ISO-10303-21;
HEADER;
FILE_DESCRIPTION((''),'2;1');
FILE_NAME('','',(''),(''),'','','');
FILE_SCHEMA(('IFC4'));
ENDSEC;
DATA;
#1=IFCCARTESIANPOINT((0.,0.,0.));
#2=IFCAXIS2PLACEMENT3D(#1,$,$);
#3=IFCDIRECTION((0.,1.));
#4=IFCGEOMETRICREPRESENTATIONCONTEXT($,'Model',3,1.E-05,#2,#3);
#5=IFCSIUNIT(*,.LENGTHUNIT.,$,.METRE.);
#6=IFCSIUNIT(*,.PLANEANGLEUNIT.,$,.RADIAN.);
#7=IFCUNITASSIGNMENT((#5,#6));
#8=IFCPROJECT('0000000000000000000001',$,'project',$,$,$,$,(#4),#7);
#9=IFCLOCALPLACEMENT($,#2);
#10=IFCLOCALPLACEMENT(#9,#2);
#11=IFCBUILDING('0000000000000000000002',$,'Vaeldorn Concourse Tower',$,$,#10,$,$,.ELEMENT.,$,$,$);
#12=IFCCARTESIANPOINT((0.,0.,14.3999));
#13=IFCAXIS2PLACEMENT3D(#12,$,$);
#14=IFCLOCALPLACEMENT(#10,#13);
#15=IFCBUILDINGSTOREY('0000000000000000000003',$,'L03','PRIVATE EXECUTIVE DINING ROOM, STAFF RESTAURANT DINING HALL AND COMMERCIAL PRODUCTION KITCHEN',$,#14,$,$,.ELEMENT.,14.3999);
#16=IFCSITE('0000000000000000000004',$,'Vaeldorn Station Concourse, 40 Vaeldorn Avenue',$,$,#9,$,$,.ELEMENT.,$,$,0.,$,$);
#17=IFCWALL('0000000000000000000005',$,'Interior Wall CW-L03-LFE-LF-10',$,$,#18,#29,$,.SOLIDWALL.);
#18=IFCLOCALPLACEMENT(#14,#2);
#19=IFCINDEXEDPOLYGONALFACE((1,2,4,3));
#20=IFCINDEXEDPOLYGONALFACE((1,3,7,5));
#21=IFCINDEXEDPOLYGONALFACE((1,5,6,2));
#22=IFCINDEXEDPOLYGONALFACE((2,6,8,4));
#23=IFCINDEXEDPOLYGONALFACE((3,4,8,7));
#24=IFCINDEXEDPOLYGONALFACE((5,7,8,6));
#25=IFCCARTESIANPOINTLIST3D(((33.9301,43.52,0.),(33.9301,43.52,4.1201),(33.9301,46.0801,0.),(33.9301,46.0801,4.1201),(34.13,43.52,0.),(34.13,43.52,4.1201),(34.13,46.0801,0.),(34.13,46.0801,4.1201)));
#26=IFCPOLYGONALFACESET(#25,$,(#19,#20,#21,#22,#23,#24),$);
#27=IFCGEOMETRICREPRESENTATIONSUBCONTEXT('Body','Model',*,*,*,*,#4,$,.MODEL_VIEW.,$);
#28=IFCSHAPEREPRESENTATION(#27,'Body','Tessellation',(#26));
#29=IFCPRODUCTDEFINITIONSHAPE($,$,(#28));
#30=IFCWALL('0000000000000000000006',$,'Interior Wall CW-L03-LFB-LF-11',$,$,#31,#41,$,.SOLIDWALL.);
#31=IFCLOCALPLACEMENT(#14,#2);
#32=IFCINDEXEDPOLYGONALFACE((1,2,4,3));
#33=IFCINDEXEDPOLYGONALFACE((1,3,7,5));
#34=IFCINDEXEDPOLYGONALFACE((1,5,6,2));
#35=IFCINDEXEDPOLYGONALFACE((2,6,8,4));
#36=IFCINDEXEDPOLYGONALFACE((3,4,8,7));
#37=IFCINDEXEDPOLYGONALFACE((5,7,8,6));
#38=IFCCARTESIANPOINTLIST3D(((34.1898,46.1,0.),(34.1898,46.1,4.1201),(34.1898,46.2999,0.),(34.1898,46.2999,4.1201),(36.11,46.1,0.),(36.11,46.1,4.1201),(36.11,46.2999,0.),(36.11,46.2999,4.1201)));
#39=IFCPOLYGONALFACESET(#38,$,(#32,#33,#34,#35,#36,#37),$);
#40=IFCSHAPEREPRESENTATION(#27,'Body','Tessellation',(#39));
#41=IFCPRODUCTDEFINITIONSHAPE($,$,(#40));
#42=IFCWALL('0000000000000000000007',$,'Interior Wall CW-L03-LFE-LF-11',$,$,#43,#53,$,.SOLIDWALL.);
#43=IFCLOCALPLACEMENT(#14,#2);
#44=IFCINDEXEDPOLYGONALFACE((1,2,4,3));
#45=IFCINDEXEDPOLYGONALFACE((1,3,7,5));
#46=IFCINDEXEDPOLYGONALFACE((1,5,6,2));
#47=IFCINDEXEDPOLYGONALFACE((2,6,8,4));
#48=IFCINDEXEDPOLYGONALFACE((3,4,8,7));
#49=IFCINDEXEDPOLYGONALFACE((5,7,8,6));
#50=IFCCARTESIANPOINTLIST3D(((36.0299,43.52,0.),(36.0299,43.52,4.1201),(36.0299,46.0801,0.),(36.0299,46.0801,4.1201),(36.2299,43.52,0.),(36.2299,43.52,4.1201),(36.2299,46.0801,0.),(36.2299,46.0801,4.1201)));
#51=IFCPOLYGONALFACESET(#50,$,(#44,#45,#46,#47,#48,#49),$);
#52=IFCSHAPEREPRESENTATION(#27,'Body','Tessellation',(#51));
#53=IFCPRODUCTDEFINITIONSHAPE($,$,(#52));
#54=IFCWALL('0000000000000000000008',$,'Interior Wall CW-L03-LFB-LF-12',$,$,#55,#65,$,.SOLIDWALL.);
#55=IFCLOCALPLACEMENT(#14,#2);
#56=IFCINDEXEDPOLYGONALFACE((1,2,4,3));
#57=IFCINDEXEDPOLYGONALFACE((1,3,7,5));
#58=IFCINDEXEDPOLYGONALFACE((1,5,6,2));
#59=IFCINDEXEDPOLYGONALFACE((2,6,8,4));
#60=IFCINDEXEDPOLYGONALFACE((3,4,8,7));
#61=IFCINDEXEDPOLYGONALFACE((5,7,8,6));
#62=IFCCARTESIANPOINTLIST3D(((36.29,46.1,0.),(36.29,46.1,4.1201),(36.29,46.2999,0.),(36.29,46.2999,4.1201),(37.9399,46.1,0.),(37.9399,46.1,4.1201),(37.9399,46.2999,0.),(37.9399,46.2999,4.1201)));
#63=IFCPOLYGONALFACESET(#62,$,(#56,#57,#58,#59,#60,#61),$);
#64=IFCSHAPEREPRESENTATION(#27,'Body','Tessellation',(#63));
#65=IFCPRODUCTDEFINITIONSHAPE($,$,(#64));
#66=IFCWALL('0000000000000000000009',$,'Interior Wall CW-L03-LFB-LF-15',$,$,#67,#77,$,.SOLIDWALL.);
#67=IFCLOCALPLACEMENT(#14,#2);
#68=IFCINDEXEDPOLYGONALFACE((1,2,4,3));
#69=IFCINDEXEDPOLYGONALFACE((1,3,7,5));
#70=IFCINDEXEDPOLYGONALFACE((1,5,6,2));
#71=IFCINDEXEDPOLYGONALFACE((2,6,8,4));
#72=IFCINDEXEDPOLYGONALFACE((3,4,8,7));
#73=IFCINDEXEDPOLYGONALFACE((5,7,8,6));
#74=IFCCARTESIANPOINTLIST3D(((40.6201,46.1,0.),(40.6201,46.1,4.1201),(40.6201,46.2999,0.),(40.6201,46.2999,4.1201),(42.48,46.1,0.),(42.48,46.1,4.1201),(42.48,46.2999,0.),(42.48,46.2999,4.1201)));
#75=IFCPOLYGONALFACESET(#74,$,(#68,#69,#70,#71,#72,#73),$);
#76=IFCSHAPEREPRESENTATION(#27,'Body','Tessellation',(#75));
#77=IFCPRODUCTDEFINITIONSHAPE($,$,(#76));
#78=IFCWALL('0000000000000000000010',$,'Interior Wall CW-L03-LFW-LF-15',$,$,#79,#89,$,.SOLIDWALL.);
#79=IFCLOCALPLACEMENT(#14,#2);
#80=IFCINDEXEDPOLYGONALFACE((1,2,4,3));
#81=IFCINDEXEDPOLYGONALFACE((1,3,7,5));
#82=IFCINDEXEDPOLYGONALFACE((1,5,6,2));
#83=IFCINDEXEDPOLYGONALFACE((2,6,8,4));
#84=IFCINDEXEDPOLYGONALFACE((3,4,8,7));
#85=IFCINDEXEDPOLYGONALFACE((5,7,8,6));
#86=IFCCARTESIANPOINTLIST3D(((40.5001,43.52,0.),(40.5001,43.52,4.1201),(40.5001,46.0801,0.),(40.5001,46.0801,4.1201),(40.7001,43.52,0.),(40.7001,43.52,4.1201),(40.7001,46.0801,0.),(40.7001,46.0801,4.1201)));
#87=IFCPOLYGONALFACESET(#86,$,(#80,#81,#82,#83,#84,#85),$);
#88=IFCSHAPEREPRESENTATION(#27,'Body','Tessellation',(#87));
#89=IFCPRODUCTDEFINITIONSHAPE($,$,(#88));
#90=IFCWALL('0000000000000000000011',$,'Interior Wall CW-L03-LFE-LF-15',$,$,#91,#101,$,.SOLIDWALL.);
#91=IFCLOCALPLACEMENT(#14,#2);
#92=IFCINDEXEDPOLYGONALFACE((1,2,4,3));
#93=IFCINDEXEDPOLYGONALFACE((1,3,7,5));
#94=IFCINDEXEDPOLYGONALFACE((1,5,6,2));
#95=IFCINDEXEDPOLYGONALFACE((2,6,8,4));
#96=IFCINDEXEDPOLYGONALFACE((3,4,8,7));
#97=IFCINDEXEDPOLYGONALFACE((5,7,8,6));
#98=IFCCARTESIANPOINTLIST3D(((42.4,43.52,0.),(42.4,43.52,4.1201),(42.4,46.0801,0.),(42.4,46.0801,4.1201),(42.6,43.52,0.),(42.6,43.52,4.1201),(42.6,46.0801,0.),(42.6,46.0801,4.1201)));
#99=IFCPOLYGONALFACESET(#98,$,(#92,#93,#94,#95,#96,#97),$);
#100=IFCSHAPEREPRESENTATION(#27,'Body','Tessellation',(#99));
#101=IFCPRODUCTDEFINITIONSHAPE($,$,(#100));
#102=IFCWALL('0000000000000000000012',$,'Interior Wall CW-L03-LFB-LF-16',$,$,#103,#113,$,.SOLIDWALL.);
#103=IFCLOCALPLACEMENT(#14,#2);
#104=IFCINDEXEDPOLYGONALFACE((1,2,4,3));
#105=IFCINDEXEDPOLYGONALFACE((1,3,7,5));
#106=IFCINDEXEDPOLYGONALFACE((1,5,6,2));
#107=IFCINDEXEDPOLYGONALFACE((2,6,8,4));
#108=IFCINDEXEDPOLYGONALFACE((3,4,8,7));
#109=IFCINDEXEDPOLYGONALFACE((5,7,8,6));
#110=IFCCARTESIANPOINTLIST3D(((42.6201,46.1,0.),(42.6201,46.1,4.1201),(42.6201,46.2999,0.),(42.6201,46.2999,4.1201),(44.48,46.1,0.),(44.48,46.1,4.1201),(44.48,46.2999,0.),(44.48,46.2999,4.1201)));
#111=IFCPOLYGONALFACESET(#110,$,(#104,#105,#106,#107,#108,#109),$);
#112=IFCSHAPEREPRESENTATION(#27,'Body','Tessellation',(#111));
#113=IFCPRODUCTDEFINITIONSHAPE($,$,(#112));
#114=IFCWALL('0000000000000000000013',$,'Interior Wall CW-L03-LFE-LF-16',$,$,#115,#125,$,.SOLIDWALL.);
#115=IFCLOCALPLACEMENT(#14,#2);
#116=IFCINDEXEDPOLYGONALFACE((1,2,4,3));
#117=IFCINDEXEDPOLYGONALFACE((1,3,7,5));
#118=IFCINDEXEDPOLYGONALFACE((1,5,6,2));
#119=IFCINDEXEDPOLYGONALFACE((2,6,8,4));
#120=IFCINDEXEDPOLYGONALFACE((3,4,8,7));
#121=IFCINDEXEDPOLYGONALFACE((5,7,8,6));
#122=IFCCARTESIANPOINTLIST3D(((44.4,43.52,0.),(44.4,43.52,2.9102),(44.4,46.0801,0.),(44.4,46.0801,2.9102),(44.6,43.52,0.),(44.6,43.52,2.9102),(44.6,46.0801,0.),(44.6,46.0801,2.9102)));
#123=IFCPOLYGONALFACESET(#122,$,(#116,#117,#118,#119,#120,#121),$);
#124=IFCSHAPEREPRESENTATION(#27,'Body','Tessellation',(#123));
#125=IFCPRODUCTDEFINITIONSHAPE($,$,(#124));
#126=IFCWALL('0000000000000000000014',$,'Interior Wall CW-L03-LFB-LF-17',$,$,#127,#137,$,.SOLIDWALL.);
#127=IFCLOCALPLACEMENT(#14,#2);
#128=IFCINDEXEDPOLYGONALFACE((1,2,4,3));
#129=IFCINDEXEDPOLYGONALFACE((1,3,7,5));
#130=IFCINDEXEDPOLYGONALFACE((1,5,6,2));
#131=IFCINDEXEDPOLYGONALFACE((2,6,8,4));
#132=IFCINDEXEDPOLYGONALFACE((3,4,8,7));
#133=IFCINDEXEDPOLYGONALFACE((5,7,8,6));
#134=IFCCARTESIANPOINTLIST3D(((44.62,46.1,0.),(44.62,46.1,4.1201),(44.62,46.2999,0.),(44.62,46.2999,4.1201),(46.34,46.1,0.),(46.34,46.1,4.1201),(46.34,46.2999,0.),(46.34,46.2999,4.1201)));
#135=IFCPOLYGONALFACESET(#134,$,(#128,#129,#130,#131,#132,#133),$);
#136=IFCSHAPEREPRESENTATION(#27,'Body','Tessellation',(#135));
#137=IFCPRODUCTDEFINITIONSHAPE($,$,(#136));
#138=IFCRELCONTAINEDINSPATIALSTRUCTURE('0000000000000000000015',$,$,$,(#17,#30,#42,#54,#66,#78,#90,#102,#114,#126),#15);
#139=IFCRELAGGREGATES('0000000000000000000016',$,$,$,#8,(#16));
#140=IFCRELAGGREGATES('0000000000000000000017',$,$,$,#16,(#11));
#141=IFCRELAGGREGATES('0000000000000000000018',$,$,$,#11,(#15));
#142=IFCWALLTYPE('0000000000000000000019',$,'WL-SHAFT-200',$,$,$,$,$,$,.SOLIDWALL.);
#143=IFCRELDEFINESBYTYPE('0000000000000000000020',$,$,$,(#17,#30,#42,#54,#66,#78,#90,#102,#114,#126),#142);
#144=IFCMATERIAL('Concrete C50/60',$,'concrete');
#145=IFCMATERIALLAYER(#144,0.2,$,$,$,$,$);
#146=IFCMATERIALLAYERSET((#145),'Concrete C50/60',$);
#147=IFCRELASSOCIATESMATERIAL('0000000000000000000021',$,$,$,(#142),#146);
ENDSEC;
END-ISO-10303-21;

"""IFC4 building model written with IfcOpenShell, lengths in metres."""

from ifc_helpers import new_model, si_unit, direction, frame, frame_2d, origin, place, context, subcontext, project, spatial, rectangle, extrude, material, layer, layer_set, type_object, element, save


model = new_model("IFC4")

# Units and contexts
model_context = context("Model", 3, precision=1e-05, world=origin(), true_north=direction((0.0, 1.0)))
body_context = subcontext(model_context, "Body", "Model", "MODEL_VIEW")
ifc_project = project(units=[si_unit("LENGTHUNIT", "METRE"), si_unit("PLANEANGLEUNIT", "RADIAN")], contexts=[model_context])

# Site, building, storey
site_placement = place(None, origin())
site = spatial("IfcSite", under=ifc_project, at=site_placement, Name="Vaeldorn Station Concourse, 40 Vaeldorn Avenue", CompositionType="ELEMENT", RefElevation=0.0)
building_placement = place(site_placement, origin())
building = spatial("IfcBuilding", under=site, at=building_placement, Name="Vaeldorn Concourse Tower", CompositionType="ELEMENT")
storey_placement = place(building_placement, frame((0.0, 0.0, 14.3999)))
storey = spatial("IfcBuildingStorey", under=building, at=storey_placement, Name="L03", Description="PRIVATE EXECUTIVE DINING ROOM, STAFF RESTAURANT DINING HALL AND COMMERCIAL PRODUCTION KITCHEN", CompositionType="ELEMENT", Elevation=14.3999)

# Walls
ifc_material_1 = material(Name="Concrete C50/60", Category="concrete")
ifc_layer_1 = layer(ifc_material_1, 0.2)
ifc_layer_set_1 = layer_set([ifc_layer_1], Name="Concrete C50/60")
wall_type_1 = type_object("IfcWallType", Name="WL-SHAFT-200", PredefinedType="SOLIDWALL", material=ifc_layer_set_1)
wall_1_placement = place(storey_placement, frame((34.03, 43.52, 0.0), z_axis=(0.0, 0.0, 1.0), x_axis=(0.0, 1.0, 0.0)))
element("IfcWall", 1, at=wall_1_placement, inside=storey, type_object=wall_type_1, Name="Interior Wall CW-L03-LFE-LF-10", PredefinedType="SOLIDWALL", context=body_context, shape_type="SweptSolid", body=[
    extrude(rectangle(XDim=2.5601, YDim=0.2, at=frame_2d((1.28, 0.0))), origin(), (0.0, 0.0, 1.0), 4.1201),
])
wall_2_placement = place(storey_placement, frame((34.1899, 46.2, 0.0), z_axis=(0.0, 0.0, 1.0), x_axis=(1.0, 0.0, 0.0)))
element("IfcWall", 2, at=wall_2_placement, inside=storey, type_object=wall_type_1, Name="Interior Wall CW-L03-LFB-LF-11", PredefinedType="SOLIDWALL", context=body_context, shape_type="SweptSolid", body=[
    extrude(rectangle(XDim=1.9202, YDim=0.2, at=frame_2d((0.96, 0.0))), origin(), (0.0, 0.0, 1.0), 4.1201),
])
wall_3_placement = place(storey_placement, frame((36.1299, 43.52, 0.0), z_axis=(0.0, 0.0, 1.0), x_axis=(0.0, 1.0, 0.0)))
element("IfcWall", 3, at=wall_3_placement, inside=storey, type_object=wall_type_1, Name="Interior Wall CW-L03-LFE-LF-11", PredefinedType="SOLIDWALL", context=body_context, shape_type="SweptSolid", body=[
    extrude(rectangle(XDim=2.5601, YDim=0.2, at=frame_2d((1.28, 0.0))), origin(), (0.0, 0.0, 1.0), 4.1201),
])
wall_4_placement = place(storey_placement, frame((36.29, 46.2, 0.0), z_axis=(0.0, 0.0, 1.0), x_axis=(1.0, 0.0, 0.0)))
element("IfcWall", 4, at=wall_4_placement, inside=storey, type_object=wall_type_1, Name="Interior Wall CW-L03-LFB-LF-12", PredefinedType="SOLIDWALL", context=body_context, shape_type="SweptSolid", body=[
    extrude(rectangle(XDim=1.6499, YDim=0.2, at=frame_2d((0.825, 0.0))), origin(), (0.0, 0.0, 1.0), 4.1201),
])
wall_5_placement = place(storey_placement, frame((40.6201, 46.2, 0.0), z_axis=(0.0, 0.0, 1.0), x_axis=(1.0, 0.0, 0.0)))
element("IfcWall", 5, at=wall_5_placement, inside=storey, type_object=wall_type_1, Name="Interior Wall CW-L03-LFB-LF-15", PredefinedType="SOLIDWALL", context=body_context, shape_type="SweptSolid", body=[
    extrude(rectangle(XDim=1.8599, YDim=0.2, at=frame_2d((0.9299, 0.0))), origin(), (0.0, 0.0, 1.0), 4.1201),
])
for number, where, z_axis, x_axis, name in (
    (6, (40.6001, 43.52, 0.0), (0.0, 0.0, 1.0), (0.0, 1.0, 0.0), "Interior Wall CW-L03-LFW-LF-15"),
    (7, (42.5, 43.52, 0.0), (0.0, 0.0, 1.0), (0.0, 1.0, 0.0), "Interior Wall CW-L03-LFE-LF-15"),
):
    element("IfcWall", number, at=place(storey_placement, frame(where, z_axis=z_axis, x_axis=x_axis)), inside=storey, type_object=wall_type_1, Name=name, PredefinedType="SOLIDWALL", context=body_context, shape_type="SweptSolid", body=[
        extrude(rectangle(XDim=2.5601, YDim=0.2, at=frame_2d((1.28, 0.0))), origin(), (0.0, 0.0, 1.0), 4.1201),
    ])
wall_6_placement = place(storey_placement, frame((42.6201, 46.2, 0.0), z_axis=(0.0, 0.0, 1.0), x_axis=(1.0, 0.0, 0.0)))
element("IfcWall", 8, at=wall_6_placement, inside=storey, type_object=wall_type_1, Name="Interior Wall CW-L03-LFB-LF-16", PredefinedType="SOLIDWALL", context=body_context, shape_type="SweptSolid", body=[
    extrude(rectangle(XDim=1.8599, YDim=0.2, at=frame_2d((0.9299, 0.0))), origin(), (0.0, 0.0, 1.0), 4.1201),
])
wall_7_placement = place(storey_placement, frame((44.5, 43.52, 0.0), z_axis=(0.0, 0.0, 1.0), x_axis=(0.0, 1.0, 0.0)))
element("IfcWall", 9, at=wall_7_placement, inside=storey, type_object=wall_type_1, Name="Interior Wall CW-L03-LFE-LF-16", PredefinedType="SOLIDWALL", context=body_context, shape_type="SweptSolid", body=[
    extrude(rectangle(XDim=2.5601, YDim=0.2, at=frame_2d((1.28, 0.0))), origin(), (0.0, 0.0, 1.0), 2.9102),
])
wall_8_placement = place(storey_placement, frame((44.6201, 46.2, 0.0), z_axis=(0.0, 0.0, 1.0), x_axis=(1.0, 0.0, 0.0)))
element("IfcWall", 10, at=wall_8_placement, inside=storey, type_object=wall_type_1, Name="Interior Wall CW-L03-LFB-LF-17", PredefinedType="SOLIDWALL", context=body_context, shape_type="SweptSolid", body=[
    extrude(rectangle(XDim=1.72, YDim=0.2, at=frame_2d((0.8599, 0.0))), origin(), (0.0, 0.0, 1.0), 4.1201),
])

save(model, "model.ifc")
